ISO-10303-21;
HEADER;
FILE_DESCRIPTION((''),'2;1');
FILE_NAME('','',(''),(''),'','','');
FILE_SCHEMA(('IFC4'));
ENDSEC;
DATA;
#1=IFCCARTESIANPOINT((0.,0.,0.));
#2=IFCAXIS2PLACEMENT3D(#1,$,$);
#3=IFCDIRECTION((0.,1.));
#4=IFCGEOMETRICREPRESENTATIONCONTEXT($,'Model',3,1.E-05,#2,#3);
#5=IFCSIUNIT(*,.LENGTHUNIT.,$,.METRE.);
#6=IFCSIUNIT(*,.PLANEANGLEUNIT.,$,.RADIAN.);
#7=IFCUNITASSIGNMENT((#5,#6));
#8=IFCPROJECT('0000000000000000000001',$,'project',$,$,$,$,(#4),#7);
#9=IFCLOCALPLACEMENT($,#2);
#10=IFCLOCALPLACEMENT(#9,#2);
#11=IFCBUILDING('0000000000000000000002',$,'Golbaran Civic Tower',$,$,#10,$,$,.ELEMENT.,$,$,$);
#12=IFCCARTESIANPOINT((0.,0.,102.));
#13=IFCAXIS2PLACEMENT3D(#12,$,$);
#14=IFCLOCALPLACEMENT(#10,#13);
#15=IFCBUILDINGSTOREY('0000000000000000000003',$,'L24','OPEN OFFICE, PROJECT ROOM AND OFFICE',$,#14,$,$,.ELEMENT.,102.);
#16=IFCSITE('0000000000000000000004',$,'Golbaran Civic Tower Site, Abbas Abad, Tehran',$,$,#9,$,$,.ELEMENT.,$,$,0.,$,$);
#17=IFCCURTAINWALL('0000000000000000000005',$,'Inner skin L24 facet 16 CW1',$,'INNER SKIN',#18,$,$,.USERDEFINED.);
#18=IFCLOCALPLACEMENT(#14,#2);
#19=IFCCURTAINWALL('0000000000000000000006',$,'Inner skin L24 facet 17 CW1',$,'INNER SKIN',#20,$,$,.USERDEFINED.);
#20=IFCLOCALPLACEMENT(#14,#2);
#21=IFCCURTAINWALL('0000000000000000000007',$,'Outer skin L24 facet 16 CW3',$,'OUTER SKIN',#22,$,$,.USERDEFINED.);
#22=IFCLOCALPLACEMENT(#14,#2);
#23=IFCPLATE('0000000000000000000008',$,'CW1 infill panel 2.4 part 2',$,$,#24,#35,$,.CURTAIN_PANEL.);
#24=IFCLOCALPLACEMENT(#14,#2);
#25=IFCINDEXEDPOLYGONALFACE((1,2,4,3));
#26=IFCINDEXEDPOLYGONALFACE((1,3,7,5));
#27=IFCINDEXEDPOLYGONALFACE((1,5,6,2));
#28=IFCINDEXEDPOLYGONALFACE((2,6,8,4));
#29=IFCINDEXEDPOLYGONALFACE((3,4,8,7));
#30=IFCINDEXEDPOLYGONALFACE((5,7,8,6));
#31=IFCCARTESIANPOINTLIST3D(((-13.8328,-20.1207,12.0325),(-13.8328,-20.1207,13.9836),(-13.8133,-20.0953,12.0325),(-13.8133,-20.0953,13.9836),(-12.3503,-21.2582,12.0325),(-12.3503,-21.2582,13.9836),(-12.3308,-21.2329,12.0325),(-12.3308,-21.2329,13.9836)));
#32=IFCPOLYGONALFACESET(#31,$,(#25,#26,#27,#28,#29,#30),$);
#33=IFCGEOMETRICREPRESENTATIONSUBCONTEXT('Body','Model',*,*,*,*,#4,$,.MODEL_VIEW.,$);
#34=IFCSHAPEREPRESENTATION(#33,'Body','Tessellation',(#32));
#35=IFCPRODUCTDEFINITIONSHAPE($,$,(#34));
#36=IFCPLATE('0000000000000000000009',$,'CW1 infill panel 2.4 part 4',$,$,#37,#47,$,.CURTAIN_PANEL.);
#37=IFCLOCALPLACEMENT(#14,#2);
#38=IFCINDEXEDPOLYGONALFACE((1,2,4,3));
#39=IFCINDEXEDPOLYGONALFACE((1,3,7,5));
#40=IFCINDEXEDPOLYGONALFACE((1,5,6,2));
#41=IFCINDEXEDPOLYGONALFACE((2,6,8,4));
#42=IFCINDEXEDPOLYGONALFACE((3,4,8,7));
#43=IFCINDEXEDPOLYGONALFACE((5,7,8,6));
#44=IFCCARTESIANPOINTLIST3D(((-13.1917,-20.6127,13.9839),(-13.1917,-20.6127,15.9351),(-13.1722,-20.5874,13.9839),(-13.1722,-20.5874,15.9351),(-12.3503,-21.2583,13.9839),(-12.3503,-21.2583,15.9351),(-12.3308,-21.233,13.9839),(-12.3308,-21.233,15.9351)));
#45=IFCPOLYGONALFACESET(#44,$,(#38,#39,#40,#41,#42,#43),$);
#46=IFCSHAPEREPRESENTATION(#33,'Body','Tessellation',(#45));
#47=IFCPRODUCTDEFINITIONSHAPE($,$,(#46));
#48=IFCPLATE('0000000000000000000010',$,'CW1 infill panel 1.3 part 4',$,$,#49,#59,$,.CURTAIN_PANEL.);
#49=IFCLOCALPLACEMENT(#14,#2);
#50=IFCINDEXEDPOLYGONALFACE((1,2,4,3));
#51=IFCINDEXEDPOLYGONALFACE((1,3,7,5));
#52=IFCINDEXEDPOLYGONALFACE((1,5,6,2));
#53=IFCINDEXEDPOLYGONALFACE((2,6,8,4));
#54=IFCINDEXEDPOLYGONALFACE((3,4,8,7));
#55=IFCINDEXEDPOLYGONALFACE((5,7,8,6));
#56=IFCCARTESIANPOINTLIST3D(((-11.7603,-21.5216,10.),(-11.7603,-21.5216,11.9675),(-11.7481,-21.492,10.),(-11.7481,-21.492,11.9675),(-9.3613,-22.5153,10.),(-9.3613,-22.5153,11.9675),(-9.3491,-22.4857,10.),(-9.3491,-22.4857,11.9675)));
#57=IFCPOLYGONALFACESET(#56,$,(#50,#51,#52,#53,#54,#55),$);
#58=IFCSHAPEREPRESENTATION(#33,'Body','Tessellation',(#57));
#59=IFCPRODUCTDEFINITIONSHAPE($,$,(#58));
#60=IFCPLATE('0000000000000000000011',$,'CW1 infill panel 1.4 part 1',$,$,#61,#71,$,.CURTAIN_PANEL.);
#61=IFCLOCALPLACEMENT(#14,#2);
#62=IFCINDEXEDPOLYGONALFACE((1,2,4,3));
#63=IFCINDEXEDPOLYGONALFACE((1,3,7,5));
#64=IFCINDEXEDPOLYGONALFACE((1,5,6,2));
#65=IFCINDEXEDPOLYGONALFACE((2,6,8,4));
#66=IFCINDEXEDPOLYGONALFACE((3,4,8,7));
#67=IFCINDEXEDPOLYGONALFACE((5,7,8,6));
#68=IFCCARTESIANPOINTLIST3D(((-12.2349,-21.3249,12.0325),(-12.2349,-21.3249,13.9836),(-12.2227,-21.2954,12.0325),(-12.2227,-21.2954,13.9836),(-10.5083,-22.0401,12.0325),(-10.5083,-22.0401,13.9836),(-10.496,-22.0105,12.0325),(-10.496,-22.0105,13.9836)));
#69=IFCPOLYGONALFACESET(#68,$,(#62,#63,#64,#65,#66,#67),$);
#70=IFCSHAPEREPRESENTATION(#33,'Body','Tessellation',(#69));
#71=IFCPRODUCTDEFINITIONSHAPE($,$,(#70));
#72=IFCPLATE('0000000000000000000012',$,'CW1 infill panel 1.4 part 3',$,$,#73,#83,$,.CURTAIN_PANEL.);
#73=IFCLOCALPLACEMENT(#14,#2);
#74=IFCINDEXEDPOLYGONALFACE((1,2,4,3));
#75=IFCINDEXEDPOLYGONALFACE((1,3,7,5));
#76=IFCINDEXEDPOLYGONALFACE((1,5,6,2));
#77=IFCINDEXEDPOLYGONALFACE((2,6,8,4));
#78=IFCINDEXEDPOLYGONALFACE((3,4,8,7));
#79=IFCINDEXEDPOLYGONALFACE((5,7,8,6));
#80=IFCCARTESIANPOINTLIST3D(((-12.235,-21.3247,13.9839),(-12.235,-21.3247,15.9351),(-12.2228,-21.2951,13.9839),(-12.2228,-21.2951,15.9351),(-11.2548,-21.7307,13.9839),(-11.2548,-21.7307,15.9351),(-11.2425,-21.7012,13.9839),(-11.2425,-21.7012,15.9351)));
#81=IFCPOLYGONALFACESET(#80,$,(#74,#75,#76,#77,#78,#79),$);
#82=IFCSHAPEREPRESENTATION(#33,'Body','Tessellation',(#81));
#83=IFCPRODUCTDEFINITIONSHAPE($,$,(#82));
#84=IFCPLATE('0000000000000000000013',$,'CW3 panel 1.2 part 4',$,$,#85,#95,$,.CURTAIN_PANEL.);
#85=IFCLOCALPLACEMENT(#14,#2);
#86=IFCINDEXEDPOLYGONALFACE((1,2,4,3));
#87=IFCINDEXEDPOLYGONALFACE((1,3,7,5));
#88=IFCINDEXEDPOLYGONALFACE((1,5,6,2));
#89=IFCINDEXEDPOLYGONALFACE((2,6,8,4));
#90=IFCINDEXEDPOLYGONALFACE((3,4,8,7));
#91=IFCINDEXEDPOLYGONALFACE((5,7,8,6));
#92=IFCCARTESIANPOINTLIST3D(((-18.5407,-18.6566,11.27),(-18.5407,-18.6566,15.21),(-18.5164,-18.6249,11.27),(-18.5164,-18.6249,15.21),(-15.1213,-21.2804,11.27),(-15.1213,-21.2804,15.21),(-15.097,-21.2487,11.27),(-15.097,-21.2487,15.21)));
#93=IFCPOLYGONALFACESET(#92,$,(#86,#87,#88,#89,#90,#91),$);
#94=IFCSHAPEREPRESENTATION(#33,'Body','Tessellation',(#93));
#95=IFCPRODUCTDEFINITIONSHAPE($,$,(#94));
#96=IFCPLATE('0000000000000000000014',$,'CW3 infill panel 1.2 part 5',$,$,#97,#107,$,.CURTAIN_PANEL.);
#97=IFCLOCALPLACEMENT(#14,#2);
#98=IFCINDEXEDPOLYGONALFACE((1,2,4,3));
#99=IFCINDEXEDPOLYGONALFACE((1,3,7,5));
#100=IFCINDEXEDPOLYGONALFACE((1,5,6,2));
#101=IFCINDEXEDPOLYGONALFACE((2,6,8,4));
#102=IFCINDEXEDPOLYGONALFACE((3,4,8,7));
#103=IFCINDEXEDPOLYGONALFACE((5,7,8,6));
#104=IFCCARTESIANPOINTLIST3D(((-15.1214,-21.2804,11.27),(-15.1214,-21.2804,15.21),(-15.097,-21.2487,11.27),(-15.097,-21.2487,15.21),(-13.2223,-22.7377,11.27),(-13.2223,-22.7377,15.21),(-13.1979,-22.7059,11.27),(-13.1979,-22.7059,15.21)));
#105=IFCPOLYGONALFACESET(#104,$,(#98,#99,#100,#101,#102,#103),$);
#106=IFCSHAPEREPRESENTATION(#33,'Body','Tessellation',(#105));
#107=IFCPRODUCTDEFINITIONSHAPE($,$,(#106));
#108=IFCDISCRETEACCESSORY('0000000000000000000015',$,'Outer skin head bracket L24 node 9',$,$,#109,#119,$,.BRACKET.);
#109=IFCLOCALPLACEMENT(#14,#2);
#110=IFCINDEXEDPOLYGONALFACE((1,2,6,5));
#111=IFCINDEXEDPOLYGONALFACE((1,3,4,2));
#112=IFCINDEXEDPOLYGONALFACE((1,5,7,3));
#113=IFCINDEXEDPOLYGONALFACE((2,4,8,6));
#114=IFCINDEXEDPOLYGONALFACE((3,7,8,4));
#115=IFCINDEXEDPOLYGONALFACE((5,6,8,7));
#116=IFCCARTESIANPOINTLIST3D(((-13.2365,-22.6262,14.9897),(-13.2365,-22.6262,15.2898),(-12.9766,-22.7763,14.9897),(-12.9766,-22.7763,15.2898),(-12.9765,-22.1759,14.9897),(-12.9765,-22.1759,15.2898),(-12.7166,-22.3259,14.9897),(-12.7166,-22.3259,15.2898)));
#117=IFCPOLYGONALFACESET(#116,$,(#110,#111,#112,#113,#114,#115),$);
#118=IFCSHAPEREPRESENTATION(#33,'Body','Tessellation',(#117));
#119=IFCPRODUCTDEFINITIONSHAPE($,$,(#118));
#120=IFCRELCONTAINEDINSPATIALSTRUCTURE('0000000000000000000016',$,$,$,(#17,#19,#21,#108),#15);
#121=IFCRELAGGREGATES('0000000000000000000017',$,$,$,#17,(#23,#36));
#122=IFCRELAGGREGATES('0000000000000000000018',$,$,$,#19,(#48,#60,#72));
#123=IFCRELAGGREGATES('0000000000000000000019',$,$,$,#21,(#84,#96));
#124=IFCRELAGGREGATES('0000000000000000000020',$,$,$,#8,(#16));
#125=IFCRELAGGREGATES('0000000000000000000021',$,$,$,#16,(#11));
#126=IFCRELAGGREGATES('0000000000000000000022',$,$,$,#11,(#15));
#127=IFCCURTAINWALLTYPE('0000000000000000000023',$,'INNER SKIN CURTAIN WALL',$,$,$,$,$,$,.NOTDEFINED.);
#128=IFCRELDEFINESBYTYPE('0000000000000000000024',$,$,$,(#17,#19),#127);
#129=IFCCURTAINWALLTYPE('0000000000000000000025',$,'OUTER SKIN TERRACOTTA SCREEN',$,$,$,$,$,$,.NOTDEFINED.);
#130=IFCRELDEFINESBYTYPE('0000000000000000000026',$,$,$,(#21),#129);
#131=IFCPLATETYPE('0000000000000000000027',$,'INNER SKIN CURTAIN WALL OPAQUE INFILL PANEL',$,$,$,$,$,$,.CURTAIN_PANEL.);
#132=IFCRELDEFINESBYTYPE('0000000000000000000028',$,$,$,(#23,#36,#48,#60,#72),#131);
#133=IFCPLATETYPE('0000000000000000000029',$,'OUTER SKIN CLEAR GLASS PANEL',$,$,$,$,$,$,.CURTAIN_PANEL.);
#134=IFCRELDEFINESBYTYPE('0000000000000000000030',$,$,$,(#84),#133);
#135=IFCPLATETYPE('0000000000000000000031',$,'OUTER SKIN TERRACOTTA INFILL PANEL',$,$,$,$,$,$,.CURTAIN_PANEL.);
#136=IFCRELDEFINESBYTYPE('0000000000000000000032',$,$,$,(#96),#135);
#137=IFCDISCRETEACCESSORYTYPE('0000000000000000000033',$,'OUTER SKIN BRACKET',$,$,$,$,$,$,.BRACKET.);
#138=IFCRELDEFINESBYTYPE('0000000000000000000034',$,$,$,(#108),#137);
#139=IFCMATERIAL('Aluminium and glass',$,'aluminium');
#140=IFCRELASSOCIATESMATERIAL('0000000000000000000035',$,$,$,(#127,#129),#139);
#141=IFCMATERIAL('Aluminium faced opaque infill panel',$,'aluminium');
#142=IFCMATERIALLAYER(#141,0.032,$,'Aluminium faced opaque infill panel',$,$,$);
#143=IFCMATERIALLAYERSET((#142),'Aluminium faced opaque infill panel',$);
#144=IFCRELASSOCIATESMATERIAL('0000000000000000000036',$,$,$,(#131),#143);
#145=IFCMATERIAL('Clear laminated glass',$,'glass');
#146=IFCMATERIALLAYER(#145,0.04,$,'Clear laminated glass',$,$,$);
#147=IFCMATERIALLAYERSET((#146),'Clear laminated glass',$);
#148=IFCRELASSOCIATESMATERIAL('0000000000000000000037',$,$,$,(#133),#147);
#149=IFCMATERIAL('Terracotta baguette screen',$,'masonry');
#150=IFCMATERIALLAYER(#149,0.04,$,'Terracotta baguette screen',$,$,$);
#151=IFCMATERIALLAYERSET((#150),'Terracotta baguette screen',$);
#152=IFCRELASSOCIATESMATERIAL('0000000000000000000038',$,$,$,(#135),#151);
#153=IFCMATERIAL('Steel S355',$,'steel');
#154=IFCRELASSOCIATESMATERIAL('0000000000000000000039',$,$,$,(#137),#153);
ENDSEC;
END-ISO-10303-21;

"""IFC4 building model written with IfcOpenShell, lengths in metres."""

from ifc_helpers import new_model, si_unit, direction, frame, origin, origin_2d, place, context, subcontext, project, spatial, rectangle, extrude, material, layer, layer_set, type_object, element, aggregate, save


model = new_model("IFC4")

# Units and contexts
model_context = context("Model", 3, precision=1e-05, world=origin(), true_north=direction((0.0, 1.0)))
body_context = subcontext(model_context, "Body", "Model", "MODEL_VIEW")
ifc_project = project(units=[si_unit("LENGTHUNIT", "METRE"), si_unit("PLANEANGLEUNIT", "RADIAN")], contexts=[model_context])

# Site, building, storey
site_placement = place(None, origin())
site = spatial("IfcSite", under=ifc_project, at=site_placement, Name="Golbaran Civic Tower Site, Abbas Abad, Tehran", CompositionType="ELEMENT", RefElevation=0.0)
building_placement = place(site_placement, origin())
building = spatial("IfcBuilding", under=site, at=building_placement, Name="Golbaran Civic Tower", CompositionType="ELEMENT")
storey_placement = place(building_placement, frame((0.0, 0.0, 102.0)))
storey = spatial("IfcBuildingStorey", under=building, at=storey_placement, Name="L24", Description="OPEN OFFICE, PROJECT ROOM AND OFFICE", CompositionType="ELEMENT", Elevation=102.0)

# Curtain walls
ifc_material_1 = material(Name="Aluminium and glass", Category="aluminium")
curtain_wall_type_1 = type_object("IfcCurtainWallType", Name="INNER SKIN CURTAIN WALL", PredefinedType="NOTDEFINED", material=ifc_material_1)
curtain_wall_1_placement = place(storey_placement, origin())
curtain_wall_1 = element("IfcCurtainWall", 1, at=curtain_wall_1_placement, inside=storey, type_object=curtain_wall_type_1, Name="Inner skin L24 facet 16 CW1", ObjectType="INNER SKIN", PredefinedType="USERDEFINED")
curtain_wall_2_placement = place(storey_placement, origin())
curtain_wall_2 = element("IfcCurtainWall", 2, at=curtain_wall_2_placement, inside=storey, type_object=curtain_wall_type_1, Name="Inner skin L24 facet 17 CW1", ObjectType="INNER SKIN", PredefinedType="USERDEFINED")

# Curtain wall
curtain_wall_type_2 = type_object("IfcCurtainWallType", Name="OUTER SKIN TERRACOTTA SCREEN", PredefinedType="NOTDEFINED", material=ifc_material_1)
curtain_wall_3_placement = place(storey_placement, origin())
curtain_wall_3 = element("IfcCurtainWall", 3, at=curtain_wall_3_placement, inside=storey, type_object=curtain_wall_type_2, Name="Outer skin L24 facet 16 CW3", ObjectType="OUTER SKIN", PredefinedType="USERDEFINED")

# Plates
ifc_material_2 = material(Name="Aluminium faced opaque infill panel", Category="aluminium")
ifc_layer_1 = layer(ifc_material_2, 0.032, Name="Aluminium faced opaque infill panel")
ifc_layer_set_1 = layer_set([ifc_layer_1], Name="Aluminium faced opaque infill panel")
plate_type_1 = type_object("IfcPlateType", Name="INNER SKIN CURTAIN WALL OPAQUE INFILL PANEL", PredefinedType="CURTAIN_PANEL", material=ifc_layer_set_1)
plate_1_placement = place(storey_placement, frame((-13.0818, -20.6768, 12.0325), z_axis=(0.0, 0.0, 1.0), x_axis=(0.793353, -0.608761, 0.0)))
plate_1 = element("IfcPlate", 4, at=plate_1_placement, type_object=plate_type_1, Name="CW1 infill panel 2.4 part 2", PredefinedType="CURTAIN_PANEL", context=body_context, shape_type="SweptSolid", body=[
    extrude(rectangle(XDim=1.8687, YDim=0.032, at=origin_2d()), origin(), (0.0, 0.0, 1.0), 1.9512),
])
plate_2_placement = place(storey_placement, frame((-12.7612, -20.9229, 13.9839), z_axis=(0.0, 0.0, 1.0), x_axis=(0.793353, -0.608761, 0.0)))
plate_2 = element("IfcPlate", 5, at=plate_2_placement, type_object=plate_type_1, Name="CW1 infill panel 2.4 part 4", PredefinedType="CURTAIN_PANEL", context=body_context, shape_type="SweptSolid", body=[
    extrude(rectangle(XDim=1.0605, YDim=0.032, at=origin_2d()), origin(), (0.0, 0.0, 1.0), 1.9512),
])
aggregate(curtain_wall_1, [plate_1, plate_2])
plate_3_placement = place(storey_placement, frame((-10.5547, -22.0037, 10.0), z_axis=(0.0, 0.0, 1.0), x_axis=(0.92388, -0.382683, 0.0)))
plate_3 = element("IfcPlate", 6, at=plate_3_placement, type_object=plate_type_1, Name="CW1 infill panel 1.3 part 4", PredefinedType="CURTAIN_PANEL", context=body_context, shape_type="SweptSolid", body=[
    extrude(rectangle(XDim=2.5967, YDim=0.032, at=origin_2d()), origin(), (0.0, 0.0, 1.0), 1.9675),
])
plate_4_placement = place(storey_placement, frame((-11.3655, -21.6677, 12.0325), z_axis=(0.0, 0.0, 1.0), x_axis=(0.92388, -0.382683, 0.0)))
plate_4 = element("IfcPlate", 7, at=plate_4_placement, type_object=plate_type_1, Name="CW1 infill panel 1.4 part 1", PredefinedType="CURTAIN_PANEL", context=body_context, shape_type="SweptSolid", body=[
    extrude(rectangle(XDim=1.8689, YDim=0.032, at=origin_2d()), origin(), (0.0, 0.0, 1.0), 1.9512),
])
plate_5_placement = place(storey_placement, frame((-11.7388, -21.5129, 13.9839), z_axis=(0.0, 0.0, 1.0), x_axis=(0.92388, -0.382683, 0.0)))
plate_5 = element("IfcPlate", 8, at=plate_5_placement, type_object=plate_type_1, Name="CW1 infill panel 1.4 part 3", PredefinedType="CURTAIN_PANEL", context=body_context, shape_type="SweptSolid", body=[
    extrude(rectangle(XDim=1.061, YDim=0.032, at=origin_2d()), origin(), (0.0, 0.0, 1.0), 1.9512),
])
aggregate(curtain_wall_2, [plate_3, plate_4, plate_5])
ifc_material_3 = material(Name="Clear laminated glass", Category="glass")
ifc_layer_2 = layer(ifc_material_3, 0.04, Name="Clear laminated glass")
ifc_layer_set_2 = layer_set([ifc_layer_2], Name="Clear laminated glass")
plate_type_2 = type_object("IfcPlateType", Name="OUTER SKIN CLEAR GLASS PANEL", PredefinedType="CURTAIN_PANEL", material=ifc_layer_set_2)
plate_6_placement = place(storey_placement, frame((-16.8188, -19.9526, 11.27), z_axis=(0.0, 0.0, 1.0), x_axis=(0.793353, -0.608761, 0.0)))
plate_6 = element("IfcPlate", 9, at=plate_6_placement, type_object=plate_type_2, Name="CW3 panel 1.2 part 4", PredefinedType="CURTAIN_PANEL", context=body_context, shape_type="SweptSolid", body=[
    extrude(rectangle(XDim=4.3101, YDim=0.04, at=origin_2d()), origin(), (0.0, 0.0, 1.0), 3.9399),
])
ifc_material_4 = material(Name="Terracotta baguette screen", Category="masonry")
ifc_layer_3 = layer(ifc_material_4, 0.04, Name="Terracotta baguette screen")
ifc_layer_set_3 = layer_set([ifc_layer_3], Name="Terracotta baguette screen")
plate_type_3 = type_object("IfcPlateType", Name="OUTER SKIN TERRACOTTA INFILL PANEL", PredefinedType="CURTAIN_PANEL", material=ifc_layer_set_3)
plate_7_placement = place(storey_placement, frame((-14.1597, -21.9932, 11.27), z_axis=(0.0, 0.0, 1.0), x_axis=(0.793353, -0.608761, 0.0)))
plate_7 = element("IfcPlate", 10, at=plate_7_placement, type_object=plate_type_3, Name="CW3 infill panel 1.2 part 5", PredefinedType="CURTAIN_PANEL", context=body_context, shape_type="SweptSolid", body=[
    extrude(rectangle(XDim=2.3938, YDim=0.04, at=origin_2d()), origin(), (0.0, 0.0, 1.0), 3.9399),
])
aggregate(curtain_wall_3, [plate_6, plate_7])

# Discrete accessory
ifc_material_5 = material(Name="Steel S355", Category="steel")
discrete_accessory_type = type_object("IfcDiscreteAccessoryType", Name="OUTER SKIN BRACKET", PredefinedType="BRACKET", material=ifc_material_5)
discrete_accessory_placement = place(storey_placement, frame((-12.9766, -22.4761, 14.9897), z_axis=(0.0, 0.0, 1.0), x_axis=(-0.5, -0.866025, 0.0)))
element("IfcDiscreteAccessory", 11, at=discrete_accessory_placement, inside=storey, type_object=discrete_accessory_type, Name="Outer skin head bracket L24 node 9", PredefinedType="BRACKET", context=body_context, shape_type="SweptSolid", body=[
    extrude(rectangle(XDim=0.52, YDim=0.3, at=origin_2d()), origin(), (0.0, 0.0, 1.0), 0.3),
])

save(model, "model.ifc")
